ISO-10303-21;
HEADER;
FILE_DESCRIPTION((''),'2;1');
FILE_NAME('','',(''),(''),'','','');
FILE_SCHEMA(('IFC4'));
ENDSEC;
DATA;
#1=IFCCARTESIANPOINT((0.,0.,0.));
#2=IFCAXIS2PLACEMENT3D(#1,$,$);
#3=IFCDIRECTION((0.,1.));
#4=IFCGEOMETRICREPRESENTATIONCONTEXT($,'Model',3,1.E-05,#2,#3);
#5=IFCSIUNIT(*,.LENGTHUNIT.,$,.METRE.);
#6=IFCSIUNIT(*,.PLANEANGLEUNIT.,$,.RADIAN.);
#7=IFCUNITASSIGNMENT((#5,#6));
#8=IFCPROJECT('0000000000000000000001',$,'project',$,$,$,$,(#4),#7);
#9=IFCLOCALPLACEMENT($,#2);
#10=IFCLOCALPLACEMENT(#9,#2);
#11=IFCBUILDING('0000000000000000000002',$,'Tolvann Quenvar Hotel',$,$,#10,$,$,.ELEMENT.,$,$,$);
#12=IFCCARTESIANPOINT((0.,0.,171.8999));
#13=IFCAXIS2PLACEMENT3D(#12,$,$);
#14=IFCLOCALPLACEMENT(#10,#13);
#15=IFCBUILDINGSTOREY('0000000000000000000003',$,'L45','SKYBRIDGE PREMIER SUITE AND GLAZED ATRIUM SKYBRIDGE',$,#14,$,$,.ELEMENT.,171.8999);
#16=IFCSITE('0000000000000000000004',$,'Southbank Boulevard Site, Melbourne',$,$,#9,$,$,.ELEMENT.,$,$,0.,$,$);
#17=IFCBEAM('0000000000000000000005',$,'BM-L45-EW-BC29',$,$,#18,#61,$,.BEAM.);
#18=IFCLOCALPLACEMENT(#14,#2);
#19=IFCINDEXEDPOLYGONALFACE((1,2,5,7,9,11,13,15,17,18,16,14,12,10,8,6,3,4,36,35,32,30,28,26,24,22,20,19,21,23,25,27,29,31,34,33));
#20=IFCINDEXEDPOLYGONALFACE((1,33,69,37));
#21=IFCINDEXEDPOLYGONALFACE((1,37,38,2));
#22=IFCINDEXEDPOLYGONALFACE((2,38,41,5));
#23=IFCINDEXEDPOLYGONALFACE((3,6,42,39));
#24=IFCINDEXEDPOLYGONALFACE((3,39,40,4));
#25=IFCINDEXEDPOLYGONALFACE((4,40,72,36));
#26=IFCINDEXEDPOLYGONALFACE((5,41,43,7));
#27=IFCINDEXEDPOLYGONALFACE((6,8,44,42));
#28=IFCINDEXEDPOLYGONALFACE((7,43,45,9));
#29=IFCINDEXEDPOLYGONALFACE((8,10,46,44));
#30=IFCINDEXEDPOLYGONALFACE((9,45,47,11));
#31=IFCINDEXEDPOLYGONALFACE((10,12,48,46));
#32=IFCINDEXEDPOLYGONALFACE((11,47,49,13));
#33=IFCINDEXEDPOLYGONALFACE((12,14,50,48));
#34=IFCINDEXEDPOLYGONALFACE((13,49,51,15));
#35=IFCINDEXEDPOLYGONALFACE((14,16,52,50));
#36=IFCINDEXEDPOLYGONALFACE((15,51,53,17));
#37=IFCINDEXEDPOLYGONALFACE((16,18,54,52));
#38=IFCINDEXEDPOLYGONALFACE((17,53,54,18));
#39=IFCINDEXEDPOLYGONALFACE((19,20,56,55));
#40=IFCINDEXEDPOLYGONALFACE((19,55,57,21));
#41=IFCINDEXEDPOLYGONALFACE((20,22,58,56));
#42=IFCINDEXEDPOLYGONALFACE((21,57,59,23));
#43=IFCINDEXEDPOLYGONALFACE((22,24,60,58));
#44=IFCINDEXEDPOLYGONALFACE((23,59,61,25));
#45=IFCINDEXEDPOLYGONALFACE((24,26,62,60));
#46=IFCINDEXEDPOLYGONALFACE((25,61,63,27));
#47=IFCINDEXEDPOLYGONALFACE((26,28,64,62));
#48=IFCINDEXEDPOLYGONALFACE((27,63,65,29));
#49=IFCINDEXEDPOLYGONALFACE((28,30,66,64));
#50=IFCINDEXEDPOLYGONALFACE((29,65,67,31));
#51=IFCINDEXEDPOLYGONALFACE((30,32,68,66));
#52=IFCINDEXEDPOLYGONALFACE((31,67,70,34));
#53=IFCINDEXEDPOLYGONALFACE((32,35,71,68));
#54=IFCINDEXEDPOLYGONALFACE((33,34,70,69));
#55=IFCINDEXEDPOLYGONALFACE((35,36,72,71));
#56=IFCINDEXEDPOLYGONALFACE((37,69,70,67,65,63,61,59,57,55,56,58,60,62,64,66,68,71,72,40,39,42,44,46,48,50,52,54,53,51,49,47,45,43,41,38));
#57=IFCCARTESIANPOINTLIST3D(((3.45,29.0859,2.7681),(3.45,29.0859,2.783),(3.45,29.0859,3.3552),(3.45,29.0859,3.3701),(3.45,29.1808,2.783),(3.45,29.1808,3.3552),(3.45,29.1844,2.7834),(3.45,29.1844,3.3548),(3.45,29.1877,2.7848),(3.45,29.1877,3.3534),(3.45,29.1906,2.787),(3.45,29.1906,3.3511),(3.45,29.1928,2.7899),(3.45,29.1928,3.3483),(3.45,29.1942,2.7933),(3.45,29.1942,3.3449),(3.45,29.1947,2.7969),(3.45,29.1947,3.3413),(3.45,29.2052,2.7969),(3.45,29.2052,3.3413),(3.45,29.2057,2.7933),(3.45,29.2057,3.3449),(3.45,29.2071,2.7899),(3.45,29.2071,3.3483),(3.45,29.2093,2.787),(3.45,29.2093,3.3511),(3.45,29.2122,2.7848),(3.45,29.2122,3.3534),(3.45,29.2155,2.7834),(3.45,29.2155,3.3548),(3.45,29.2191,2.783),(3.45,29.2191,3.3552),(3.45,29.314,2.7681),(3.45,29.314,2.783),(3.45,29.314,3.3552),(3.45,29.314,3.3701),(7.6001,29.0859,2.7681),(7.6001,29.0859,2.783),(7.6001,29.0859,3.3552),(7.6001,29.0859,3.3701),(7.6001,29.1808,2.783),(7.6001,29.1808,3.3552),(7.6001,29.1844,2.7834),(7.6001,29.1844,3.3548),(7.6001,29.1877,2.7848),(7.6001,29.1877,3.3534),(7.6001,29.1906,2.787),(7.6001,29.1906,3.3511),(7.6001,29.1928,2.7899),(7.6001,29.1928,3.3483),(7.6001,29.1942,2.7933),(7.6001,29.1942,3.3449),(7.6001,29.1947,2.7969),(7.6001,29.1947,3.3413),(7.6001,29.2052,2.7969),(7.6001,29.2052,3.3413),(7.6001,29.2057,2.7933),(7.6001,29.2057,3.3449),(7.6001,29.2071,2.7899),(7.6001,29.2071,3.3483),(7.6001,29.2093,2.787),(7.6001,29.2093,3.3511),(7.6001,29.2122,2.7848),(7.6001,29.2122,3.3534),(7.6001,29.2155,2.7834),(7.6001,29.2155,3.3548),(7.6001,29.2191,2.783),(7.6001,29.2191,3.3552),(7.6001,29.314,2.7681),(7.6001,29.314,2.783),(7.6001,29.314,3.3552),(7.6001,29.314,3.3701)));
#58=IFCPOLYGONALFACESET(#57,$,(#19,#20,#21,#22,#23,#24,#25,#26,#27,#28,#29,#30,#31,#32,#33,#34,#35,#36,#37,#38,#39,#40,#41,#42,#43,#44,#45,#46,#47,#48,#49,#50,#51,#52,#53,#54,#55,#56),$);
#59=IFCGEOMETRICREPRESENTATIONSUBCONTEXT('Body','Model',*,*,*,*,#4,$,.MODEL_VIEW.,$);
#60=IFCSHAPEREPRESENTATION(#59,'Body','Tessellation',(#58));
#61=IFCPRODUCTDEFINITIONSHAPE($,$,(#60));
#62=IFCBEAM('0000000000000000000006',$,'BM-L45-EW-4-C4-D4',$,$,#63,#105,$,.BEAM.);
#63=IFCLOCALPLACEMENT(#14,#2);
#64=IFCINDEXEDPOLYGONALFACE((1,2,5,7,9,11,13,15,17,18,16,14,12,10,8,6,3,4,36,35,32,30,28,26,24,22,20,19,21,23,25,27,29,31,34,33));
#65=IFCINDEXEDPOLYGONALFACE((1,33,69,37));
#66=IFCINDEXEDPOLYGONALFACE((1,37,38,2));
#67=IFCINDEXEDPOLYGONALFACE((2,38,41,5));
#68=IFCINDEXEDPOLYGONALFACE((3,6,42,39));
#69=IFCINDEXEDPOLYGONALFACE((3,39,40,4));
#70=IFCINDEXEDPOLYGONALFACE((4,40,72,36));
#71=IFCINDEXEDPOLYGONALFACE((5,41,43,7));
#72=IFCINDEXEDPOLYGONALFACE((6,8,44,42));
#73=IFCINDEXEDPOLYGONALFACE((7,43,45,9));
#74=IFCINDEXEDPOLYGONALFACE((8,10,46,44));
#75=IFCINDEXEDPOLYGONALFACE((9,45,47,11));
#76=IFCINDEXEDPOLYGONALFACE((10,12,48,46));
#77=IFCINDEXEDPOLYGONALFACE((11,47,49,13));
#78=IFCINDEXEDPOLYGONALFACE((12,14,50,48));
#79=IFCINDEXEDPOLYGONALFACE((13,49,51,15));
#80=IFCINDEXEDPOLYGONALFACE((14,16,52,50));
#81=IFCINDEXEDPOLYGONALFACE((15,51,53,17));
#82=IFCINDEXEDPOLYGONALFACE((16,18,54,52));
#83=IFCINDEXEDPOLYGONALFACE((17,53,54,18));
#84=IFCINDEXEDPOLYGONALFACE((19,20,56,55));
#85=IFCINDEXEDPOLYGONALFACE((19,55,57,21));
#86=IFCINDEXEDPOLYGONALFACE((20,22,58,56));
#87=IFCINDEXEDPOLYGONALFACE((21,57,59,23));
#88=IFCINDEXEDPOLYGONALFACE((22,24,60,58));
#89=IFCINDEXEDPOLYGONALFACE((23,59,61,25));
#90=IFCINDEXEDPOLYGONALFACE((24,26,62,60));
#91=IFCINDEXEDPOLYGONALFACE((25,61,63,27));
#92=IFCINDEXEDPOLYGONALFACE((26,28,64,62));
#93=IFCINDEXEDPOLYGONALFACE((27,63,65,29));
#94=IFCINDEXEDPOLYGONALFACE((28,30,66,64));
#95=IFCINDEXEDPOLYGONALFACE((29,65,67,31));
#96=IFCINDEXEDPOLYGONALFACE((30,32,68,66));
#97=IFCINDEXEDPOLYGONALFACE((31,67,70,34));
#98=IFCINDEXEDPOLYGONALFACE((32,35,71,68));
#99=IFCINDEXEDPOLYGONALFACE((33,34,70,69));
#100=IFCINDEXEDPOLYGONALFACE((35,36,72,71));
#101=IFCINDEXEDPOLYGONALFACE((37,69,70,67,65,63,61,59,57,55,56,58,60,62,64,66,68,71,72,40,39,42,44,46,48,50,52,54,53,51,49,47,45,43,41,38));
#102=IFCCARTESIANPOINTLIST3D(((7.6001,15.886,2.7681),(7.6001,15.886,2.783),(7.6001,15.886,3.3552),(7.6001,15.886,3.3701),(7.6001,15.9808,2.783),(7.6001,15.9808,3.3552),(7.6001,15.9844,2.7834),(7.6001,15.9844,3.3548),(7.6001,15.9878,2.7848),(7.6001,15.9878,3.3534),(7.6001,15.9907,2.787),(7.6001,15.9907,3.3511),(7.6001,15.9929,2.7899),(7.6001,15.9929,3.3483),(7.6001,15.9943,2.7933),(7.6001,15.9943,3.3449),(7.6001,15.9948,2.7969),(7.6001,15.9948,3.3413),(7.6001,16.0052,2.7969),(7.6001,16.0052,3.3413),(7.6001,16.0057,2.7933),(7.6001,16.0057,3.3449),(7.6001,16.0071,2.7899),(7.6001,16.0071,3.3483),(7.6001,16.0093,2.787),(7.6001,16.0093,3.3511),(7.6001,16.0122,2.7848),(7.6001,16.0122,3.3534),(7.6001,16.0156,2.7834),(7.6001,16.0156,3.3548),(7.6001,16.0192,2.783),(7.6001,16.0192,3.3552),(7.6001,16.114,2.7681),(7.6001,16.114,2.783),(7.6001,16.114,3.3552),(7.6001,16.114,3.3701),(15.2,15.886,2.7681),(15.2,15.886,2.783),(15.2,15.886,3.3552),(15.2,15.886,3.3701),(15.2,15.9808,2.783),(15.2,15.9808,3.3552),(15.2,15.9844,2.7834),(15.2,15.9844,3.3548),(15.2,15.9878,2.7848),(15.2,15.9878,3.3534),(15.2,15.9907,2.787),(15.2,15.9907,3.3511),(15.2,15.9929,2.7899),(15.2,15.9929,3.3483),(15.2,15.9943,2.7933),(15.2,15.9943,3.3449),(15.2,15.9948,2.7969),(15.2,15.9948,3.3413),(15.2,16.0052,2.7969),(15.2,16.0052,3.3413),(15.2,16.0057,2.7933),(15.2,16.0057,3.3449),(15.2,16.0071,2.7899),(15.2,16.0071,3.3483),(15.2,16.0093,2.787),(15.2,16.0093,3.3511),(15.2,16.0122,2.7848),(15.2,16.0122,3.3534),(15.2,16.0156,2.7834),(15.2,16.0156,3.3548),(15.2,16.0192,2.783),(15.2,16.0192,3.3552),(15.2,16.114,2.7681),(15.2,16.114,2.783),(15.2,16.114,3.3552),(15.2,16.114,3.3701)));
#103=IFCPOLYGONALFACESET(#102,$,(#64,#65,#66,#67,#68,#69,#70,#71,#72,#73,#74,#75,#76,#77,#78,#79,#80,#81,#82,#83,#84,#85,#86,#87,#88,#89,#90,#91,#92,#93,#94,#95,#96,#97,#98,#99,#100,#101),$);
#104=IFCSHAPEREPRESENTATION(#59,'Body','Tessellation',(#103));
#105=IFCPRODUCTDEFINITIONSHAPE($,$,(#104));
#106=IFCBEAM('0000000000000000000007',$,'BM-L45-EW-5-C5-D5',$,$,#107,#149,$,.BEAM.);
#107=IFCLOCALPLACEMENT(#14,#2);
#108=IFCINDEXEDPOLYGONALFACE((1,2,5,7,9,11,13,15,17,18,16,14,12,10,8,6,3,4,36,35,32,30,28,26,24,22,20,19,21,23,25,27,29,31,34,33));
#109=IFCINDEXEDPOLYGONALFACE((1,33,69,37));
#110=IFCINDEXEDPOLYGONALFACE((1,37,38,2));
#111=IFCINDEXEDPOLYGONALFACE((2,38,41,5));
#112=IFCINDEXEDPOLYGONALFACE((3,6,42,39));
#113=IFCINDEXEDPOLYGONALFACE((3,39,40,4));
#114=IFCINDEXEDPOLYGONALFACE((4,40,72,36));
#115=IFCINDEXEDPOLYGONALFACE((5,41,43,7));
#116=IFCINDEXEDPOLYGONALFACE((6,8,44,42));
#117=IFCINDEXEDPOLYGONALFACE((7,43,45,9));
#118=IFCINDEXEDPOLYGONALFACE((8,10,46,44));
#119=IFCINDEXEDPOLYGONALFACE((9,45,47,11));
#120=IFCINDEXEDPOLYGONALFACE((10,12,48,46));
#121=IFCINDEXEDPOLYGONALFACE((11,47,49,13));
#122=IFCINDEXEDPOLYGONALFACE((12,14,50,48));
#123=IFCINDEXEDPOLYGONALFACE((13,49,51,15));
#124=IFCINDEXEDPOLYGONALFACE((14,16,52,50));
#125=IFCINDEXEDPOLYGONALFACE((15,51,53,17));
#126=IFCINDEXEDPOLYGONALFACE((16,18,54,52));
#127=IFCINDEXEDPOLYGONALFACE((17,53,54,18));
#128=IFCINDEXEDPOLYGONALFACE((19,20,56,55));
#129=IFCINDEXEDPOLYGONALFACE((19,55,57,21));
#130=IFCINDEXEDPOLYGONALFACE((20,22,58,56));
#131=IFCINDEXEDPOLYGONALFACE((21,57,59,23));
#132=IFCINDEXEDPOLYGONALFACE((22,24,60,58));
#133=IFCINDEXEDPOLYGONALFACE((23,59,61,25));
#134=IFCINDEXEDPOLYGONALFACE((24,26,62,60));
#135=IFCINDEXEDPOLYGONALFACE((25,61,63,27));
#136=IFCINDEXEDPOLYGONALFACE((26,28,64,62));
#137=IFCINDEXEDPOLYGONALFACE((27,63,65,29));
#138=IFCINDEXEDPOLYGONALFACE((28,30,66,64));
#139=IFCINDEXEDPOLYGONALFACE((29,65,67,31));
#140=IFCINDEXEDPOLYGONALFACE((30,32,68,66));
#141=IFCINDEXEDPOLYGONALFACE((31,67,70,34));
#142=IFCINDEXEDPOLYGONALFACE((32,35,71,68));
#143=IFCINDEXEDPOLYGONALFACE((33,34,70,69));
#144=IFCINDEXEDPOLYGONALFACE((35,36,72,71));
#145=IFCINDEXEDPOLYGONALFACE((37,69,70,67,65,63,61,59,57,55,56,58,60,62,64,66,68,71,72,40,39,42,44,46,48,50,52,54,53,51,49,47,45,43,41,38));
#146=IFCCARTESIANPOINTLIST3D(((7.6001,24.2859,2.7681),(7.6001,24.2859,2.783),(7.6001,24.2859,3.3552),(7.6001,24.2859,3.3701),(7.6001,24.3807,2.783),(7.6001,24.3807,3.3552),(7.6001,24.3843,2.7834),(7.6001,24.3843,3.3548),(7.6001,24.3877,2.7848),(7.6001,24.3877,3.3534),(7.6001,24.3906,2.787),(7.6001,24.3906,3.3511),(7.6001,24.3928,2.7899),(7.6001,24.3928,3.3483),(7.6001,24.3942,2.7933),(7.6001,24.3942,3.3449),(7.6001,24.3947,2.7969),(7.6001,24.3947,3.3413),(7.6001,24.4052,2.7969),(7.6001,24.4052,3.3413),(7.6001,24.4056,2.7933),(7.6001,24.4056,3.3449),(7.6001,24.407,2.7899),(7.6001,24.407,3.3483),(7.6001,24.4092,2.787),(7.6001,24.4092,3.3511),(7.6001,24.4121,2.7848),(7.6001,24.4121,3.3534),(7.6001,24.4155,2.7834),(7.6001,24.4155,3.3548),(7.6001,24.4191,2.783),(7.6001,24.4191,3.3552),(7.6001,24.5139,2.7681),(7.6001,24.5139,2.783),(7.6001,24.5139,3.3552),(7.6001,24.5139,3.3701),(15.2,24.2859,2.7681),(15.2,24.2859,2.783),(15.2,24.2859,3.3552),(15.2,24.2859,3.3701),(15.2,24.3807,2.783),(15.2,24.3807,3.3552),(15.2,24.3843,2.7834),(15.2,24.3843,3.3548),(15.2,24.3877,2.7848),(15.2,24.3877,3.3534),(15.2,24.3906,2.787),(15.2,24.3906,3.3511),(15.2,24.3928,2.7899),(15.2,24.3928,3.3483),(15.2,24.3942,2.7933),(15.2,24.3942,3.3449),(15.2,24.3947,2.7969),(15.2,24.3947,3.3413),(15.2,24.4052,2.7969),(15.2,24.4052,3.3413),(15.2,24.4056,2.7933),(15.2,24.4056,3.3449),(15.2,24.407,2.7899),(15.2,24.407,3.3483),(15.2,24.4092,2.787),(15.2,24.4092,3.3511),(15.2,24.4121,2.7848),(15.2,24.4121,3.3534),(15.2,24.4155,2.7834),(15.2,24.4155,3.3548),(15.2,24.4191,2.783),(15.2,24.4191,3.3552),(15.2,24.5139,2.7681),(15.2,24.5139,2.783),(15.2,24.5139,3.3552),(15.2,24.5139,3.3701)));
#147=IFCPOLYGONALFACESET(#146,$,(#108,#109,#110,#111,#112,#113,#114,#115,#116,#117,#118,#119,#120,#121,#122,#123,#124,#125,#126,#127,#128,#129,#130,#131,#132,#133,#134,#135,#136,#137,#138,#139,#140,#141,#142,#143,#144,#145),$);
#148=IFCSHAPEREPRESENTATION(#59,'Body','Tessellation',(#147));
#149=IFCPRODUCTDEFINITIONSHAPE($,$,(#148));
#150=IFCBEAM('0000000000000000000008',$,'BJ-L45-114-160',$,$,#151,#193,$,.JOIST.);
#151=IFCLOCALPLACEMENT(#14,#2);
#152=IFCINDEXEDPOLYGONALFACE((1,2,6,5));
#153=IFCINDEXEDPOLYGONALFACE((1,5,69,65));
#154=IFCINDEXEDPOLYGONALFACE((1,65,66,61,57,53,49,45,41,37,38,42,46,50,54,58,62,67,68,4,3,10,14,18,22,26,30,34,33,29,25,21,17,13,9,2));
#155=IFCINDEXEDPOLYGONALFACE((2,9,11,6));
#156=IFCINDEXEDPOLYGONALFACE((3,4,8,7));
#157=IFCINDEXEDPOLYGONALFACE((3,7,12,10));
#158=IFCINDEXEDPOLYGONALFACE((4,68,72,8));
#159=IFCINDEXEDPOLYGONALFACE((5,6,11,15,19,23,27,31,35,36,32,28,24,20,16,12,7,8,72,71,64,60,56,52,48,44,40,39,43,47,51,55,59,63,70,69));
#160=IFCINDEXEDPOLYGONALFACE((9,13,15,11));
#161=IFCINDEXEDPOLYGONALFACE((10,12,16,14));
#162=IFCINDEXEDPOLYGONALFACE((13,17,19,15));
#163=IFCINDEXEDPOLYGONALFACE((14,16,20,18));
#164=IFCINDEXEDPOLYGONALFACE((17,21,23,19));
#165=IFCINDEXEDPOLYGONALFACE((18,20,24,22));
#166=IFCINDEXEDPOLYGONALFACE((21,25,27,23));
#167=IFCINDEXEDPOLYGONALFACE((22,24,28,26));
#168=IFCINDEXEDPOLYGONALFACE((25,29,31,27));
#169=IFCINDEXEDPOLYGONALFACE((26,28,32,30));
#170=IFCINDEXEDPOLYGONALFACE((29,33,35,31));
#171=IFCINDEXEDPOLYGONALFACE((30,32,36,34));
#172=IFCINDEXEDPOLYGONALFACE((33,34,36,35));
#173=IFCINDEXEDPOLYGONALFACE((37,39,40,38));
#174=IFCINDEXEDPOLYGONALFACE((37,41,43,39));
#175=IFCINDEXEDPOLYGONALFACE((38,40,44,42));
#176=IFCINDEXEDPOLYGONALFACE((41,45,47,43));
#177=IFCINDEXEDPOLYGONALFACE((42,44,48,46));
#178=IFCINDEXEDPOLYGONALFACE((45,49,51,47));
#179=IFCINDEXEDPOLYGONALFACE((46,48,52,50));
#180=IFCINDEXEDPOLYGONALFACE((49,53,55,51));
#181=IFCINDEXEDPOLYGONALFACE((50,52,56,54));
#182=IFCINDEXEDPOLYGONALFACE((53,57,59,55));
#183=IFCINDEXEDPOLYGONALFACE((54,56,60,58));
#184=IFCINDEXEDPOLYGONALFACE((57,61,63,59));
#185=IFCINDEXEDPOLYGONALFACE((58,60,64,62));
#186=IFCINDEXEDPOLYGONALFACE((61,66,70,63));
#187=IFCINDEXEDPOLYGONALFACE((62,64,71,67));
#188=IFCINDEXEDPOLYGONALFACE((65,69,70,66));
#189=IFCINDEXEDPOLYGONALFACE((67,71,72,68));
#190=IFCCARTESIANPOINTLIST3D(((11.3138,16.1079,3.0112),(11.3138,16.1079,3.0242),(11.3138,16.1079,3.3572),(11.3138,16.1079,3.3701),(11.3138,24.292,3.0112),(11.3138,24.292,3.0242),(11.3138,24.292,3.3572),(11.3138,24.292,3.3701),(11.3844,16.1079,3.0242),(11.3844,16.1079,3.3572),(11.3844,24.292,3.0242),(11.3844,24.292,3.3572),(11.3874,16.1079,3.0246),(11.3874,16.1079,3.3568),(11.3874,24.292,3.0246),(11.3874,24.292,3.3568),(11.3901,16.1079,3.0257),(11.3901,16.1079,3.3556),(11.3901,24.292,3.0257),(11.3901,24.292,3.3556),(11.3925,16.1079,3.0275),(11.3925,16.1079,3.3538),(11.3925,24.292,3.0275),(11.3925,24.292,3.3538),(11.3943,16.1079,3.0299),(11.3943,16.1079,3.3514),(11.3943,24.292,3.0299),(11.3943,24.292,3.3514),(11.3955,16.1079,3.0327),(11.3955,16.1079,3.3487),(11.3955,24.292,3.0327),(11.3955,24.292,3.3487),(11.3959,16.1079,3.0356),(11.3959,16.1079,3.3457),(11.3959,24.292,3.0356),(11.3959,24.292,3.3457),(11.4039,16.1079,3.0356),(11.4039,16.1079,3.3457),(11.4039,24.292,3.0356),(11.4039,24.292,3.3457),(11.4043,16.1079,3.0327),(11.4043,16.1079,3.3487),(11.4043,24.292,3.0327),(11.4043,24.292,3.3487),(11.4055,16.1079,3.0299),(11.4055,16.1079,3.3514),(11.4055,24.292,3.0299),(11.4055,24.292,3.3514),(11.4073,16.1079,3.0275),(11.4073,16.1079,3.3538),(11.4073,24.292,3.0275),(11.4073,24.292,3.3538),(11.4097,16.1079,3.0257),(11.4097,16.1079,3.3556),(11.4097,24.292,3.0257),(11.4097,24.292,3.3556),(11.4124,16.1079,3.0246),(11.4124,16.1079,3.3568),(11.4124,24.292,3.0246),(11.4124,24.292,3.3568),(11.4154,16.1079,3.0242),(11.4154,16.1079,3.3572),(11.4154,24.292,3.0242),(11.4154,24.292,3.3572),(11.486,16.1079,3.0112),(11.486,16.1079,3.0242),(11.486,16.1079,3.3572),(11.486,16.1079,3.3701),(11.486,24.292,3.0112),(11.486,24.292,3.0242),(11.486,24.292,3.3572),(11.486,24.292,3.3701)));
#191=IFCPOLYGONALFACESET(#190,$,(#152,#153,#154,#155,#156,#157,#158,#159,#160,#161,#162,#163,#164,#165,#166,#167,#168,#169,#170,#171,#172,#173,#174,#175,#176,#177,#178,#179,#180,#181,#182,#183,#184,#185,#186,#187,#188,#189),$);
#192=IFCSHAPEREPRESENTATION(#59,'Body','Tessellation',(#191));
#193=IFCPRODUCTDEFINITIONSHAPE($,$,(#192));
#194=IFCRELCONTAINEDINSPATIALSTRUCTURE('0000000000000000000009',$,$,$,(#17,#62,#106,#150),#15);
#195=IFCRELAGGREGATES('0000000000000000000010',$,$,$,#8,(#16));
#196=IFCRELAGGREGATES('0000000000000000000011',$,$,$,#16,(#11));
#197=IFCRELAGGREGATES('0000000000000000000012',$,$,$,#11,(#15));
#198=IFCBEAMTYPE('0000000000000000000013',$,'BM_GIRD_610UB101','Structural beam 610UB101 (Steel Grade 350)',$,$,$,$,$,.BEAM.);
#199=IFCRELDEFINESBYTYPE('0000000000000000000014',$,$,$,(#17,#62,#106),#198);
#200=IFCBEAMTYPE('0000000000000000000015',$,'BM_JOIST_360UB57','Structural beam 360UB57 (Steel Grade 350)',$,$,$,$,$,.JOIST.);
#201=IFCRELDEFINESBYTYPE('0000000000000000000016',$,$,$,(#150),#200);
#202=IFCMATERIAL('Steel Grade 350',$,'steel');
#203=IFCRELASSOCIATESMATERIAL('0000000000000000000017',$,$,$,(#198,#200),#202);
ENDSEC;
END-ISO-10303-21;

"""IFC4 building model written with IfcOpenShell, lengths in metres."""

from ifc_helpers import new_model, si_unit, direction, frame, origin, origin_2d, place, context, subcontext, project, spatial, i_section, extrude, source, transform, mapped, material, material_profile, profile_set, type_object, type_shapes, element, save


model = new_model("IFC4")

# Units and contexts
model_context = context("Model", 3, precision=1e-05, world=origin(), true_north=direction((0.0, 1.0)))
body_context = subcontext(model_context, "Body", "Model", "MODEL_VIEW")
ifc_project = project(units=[si_unit("LENGTHUNIT", "METRE"), si_unit("PLANEANGLEUNIT", "RADIAN")], contexts=[model_context])

# Site, building, storey
site_placement = place(None, origin())
site = spatial("IfcSite", under=ifc_project, at=site_placement, Name="Southbank Boulevard Site, Melbourne", CompositionType="ELEMENT", RefElevation=0.0)
building_placement = place(site_placement, origin())
building = spatial("IfcBuilding", under=site, at=building_placement, Name="Tolvann Quenvar Hotel", CompositionType="ELEMENT")
storey_placement = place(building_placement, frame((0.0, 0.0, 171.8999)))
storey = spatial("IfcBuildingStorey", under=building, at=storey_placement, Name="L45", Description="SKYBRIDGE PREMIER SUITE AND GLAZED ATRIUM SKYBRIDGE", CompositionType="ELEMENT", Elevation=171.8999)

# Shared definitions
ifc_material_1 = material(Name="Steel Grade 350", Category="steel")

# Beams
ifc_material_profile_1 = material_profile(ifc_material_1, i_section(OverallWidth=0.228, OverallDepth=0.6021, WebThickness=0.0105, FlangeThickness=0.0149, FilletRadius=0.0139, at=origin_2d()), Name="610UB101")
ifc_profile_set_1 = profile_set([ifc_material_profile_1], Name="Steel Grade 350")
beam_type_1 = type_object("IfcBeamType", Name="BM_GIRD_610UB101", Description="Structural beam 610UB101 (Steel Grade 350)", PredefinedType="BEAM", material=ifc_profile_set_1)
shared_shape_1 = source(origin(), body_context, "Body", "SweptSolid", [
    extrude(i_section(OverallWidth=0.228, OverallDepth=0.6021, WebThickness=0.0105, FlangeThickness=0.0149, FilletRadius=0.0139, at=origin_2d()), origin(), (0.0, 0.0, 1.0), 4.1501),
])
for number, where, z_axis, x_axis, name in (
    (1, (3.45, 29.2, 3.0691), (1.0, 0.0, 0.0), (0.0, 1.0, 0.0), "BM-L45-EW-BC29"),
):
    element("IfcBeam", number, at=place(storey_placement, frame(where, z_axis=z_axis, x_axis=x_axis)), inside=storey, type_object=beam_type_1, Name=name, PredefinedType="BEAM", context=body_context, shape_type="MappedRepresentation", body=[
        mapped(shared_shape_1, transform((0.0, 0.0, 0.0), x_axis=(1.0, 0.0, 0.0), y_axis=(0.0, 1.0, 0.0), z_axis=(0.0, 0.0, 1.0), scale=1.0)),
    ])
shared_shape_2 = source(origin(), body_context, "Body", "SweptSolid", [
    extrude(i_section(OverallWidth=0.228, OverallDepth=0.6021, WebThickness=0.0105, FlangeThickness=0.0149, FilletRadius=0.0139, at=origin_2d()), origin(), (0.0, 0.0, 1.0), 7.5999),
])
type_shapes(beam_type_1, [shared_shape_1, shared_shape_2])
for number, where, z_axis, x_axis, name in (
    (2, (7.6001, 16.0, 3.0691), (1.0, 0.0, 0.0), (0.0, 1.0, 0.0), "BM-L45-EW-4-C4-D4"),
    (3, (7.6001, 24.3999, 3.0691), (1.0, 0.0, 0.0), (0.0, 1.0, 0.0), "BM-L45-EW-5-C5-D5"),
):
    element("IfcBeam", number, at=place(storey_placement, frame(where, z_axis=z_axis, x_axis=x_axis)), inside=storey, type_object=beam_type_1, Name=name, PredefinedType="BEAM", context=body_context, shape_type="MappedRepresentation", body=[
        mapped(shared_shape_2, transform((0.0, 0.0, 0.0), x_axis=(1.0, 0.0, 0.0), y_axis=(0.0, 1.0, 0.0), z_axis=(0.0, 0.0, 1.0), scale=1.0)),
    ])
ifc_material_profile_2 = material_profile(ifc_material_1, i_section(OverallWidth=0.1721, OverallDepth=0.3589, WebThickness=0.0081, FlangeThickness=0.0129, FilletRadius=0.0115, at=origin_2d()), Name="360UB57")
ifc_profile_set_2 = profile_set([ifc_material_profile_2], Name="Steel Grade 350")
beam_type_2 = type_object("IfcBeamType", Name="BM_JOIST_360UB57", Description="Structural beam 360UB57 (Steel Grade 350)", PredefinedType="JOIST", material=ifc_profile_set_2)
shared_shape_3 = source(origin(), body_context, "Body", "SweptSolid", [
    extrude(i_section(OverallWidth=0.1721, OverallDepth=0.3589, WebThickness=0.0081, FlangeThickness=0.0129, FilletRadius=0.0115, at=origin_2d()), origin(), (0.0, 0.0, 1.0), 8.1841),
])
beam_1_placement = place(storey_placement, frame((11.3999, 16.1079, 3.1907), z_axis=(0.0, 1.0, 0.0), x_axis=(-1.0, 0.0, 0.0)))
element("IfcBeam", 4, at=beam_1_placement, inside=storey, type_object=beam_type_2, Name="BJ-L45-114-160", PredefinedType="JOIST", context=body_context, shape_type="MappedRepresentation", body=[
    mapped(shared_shape_3, transform((0.0, 0.0, 0.0), x_axis=(1.0, 0.0, 0.0), y_axis=(0.0, 1.0, 0.0), z_axis=(0.0, 0.0, 1.0), scale=1.0)),
])

save(model, "model.ifc")
